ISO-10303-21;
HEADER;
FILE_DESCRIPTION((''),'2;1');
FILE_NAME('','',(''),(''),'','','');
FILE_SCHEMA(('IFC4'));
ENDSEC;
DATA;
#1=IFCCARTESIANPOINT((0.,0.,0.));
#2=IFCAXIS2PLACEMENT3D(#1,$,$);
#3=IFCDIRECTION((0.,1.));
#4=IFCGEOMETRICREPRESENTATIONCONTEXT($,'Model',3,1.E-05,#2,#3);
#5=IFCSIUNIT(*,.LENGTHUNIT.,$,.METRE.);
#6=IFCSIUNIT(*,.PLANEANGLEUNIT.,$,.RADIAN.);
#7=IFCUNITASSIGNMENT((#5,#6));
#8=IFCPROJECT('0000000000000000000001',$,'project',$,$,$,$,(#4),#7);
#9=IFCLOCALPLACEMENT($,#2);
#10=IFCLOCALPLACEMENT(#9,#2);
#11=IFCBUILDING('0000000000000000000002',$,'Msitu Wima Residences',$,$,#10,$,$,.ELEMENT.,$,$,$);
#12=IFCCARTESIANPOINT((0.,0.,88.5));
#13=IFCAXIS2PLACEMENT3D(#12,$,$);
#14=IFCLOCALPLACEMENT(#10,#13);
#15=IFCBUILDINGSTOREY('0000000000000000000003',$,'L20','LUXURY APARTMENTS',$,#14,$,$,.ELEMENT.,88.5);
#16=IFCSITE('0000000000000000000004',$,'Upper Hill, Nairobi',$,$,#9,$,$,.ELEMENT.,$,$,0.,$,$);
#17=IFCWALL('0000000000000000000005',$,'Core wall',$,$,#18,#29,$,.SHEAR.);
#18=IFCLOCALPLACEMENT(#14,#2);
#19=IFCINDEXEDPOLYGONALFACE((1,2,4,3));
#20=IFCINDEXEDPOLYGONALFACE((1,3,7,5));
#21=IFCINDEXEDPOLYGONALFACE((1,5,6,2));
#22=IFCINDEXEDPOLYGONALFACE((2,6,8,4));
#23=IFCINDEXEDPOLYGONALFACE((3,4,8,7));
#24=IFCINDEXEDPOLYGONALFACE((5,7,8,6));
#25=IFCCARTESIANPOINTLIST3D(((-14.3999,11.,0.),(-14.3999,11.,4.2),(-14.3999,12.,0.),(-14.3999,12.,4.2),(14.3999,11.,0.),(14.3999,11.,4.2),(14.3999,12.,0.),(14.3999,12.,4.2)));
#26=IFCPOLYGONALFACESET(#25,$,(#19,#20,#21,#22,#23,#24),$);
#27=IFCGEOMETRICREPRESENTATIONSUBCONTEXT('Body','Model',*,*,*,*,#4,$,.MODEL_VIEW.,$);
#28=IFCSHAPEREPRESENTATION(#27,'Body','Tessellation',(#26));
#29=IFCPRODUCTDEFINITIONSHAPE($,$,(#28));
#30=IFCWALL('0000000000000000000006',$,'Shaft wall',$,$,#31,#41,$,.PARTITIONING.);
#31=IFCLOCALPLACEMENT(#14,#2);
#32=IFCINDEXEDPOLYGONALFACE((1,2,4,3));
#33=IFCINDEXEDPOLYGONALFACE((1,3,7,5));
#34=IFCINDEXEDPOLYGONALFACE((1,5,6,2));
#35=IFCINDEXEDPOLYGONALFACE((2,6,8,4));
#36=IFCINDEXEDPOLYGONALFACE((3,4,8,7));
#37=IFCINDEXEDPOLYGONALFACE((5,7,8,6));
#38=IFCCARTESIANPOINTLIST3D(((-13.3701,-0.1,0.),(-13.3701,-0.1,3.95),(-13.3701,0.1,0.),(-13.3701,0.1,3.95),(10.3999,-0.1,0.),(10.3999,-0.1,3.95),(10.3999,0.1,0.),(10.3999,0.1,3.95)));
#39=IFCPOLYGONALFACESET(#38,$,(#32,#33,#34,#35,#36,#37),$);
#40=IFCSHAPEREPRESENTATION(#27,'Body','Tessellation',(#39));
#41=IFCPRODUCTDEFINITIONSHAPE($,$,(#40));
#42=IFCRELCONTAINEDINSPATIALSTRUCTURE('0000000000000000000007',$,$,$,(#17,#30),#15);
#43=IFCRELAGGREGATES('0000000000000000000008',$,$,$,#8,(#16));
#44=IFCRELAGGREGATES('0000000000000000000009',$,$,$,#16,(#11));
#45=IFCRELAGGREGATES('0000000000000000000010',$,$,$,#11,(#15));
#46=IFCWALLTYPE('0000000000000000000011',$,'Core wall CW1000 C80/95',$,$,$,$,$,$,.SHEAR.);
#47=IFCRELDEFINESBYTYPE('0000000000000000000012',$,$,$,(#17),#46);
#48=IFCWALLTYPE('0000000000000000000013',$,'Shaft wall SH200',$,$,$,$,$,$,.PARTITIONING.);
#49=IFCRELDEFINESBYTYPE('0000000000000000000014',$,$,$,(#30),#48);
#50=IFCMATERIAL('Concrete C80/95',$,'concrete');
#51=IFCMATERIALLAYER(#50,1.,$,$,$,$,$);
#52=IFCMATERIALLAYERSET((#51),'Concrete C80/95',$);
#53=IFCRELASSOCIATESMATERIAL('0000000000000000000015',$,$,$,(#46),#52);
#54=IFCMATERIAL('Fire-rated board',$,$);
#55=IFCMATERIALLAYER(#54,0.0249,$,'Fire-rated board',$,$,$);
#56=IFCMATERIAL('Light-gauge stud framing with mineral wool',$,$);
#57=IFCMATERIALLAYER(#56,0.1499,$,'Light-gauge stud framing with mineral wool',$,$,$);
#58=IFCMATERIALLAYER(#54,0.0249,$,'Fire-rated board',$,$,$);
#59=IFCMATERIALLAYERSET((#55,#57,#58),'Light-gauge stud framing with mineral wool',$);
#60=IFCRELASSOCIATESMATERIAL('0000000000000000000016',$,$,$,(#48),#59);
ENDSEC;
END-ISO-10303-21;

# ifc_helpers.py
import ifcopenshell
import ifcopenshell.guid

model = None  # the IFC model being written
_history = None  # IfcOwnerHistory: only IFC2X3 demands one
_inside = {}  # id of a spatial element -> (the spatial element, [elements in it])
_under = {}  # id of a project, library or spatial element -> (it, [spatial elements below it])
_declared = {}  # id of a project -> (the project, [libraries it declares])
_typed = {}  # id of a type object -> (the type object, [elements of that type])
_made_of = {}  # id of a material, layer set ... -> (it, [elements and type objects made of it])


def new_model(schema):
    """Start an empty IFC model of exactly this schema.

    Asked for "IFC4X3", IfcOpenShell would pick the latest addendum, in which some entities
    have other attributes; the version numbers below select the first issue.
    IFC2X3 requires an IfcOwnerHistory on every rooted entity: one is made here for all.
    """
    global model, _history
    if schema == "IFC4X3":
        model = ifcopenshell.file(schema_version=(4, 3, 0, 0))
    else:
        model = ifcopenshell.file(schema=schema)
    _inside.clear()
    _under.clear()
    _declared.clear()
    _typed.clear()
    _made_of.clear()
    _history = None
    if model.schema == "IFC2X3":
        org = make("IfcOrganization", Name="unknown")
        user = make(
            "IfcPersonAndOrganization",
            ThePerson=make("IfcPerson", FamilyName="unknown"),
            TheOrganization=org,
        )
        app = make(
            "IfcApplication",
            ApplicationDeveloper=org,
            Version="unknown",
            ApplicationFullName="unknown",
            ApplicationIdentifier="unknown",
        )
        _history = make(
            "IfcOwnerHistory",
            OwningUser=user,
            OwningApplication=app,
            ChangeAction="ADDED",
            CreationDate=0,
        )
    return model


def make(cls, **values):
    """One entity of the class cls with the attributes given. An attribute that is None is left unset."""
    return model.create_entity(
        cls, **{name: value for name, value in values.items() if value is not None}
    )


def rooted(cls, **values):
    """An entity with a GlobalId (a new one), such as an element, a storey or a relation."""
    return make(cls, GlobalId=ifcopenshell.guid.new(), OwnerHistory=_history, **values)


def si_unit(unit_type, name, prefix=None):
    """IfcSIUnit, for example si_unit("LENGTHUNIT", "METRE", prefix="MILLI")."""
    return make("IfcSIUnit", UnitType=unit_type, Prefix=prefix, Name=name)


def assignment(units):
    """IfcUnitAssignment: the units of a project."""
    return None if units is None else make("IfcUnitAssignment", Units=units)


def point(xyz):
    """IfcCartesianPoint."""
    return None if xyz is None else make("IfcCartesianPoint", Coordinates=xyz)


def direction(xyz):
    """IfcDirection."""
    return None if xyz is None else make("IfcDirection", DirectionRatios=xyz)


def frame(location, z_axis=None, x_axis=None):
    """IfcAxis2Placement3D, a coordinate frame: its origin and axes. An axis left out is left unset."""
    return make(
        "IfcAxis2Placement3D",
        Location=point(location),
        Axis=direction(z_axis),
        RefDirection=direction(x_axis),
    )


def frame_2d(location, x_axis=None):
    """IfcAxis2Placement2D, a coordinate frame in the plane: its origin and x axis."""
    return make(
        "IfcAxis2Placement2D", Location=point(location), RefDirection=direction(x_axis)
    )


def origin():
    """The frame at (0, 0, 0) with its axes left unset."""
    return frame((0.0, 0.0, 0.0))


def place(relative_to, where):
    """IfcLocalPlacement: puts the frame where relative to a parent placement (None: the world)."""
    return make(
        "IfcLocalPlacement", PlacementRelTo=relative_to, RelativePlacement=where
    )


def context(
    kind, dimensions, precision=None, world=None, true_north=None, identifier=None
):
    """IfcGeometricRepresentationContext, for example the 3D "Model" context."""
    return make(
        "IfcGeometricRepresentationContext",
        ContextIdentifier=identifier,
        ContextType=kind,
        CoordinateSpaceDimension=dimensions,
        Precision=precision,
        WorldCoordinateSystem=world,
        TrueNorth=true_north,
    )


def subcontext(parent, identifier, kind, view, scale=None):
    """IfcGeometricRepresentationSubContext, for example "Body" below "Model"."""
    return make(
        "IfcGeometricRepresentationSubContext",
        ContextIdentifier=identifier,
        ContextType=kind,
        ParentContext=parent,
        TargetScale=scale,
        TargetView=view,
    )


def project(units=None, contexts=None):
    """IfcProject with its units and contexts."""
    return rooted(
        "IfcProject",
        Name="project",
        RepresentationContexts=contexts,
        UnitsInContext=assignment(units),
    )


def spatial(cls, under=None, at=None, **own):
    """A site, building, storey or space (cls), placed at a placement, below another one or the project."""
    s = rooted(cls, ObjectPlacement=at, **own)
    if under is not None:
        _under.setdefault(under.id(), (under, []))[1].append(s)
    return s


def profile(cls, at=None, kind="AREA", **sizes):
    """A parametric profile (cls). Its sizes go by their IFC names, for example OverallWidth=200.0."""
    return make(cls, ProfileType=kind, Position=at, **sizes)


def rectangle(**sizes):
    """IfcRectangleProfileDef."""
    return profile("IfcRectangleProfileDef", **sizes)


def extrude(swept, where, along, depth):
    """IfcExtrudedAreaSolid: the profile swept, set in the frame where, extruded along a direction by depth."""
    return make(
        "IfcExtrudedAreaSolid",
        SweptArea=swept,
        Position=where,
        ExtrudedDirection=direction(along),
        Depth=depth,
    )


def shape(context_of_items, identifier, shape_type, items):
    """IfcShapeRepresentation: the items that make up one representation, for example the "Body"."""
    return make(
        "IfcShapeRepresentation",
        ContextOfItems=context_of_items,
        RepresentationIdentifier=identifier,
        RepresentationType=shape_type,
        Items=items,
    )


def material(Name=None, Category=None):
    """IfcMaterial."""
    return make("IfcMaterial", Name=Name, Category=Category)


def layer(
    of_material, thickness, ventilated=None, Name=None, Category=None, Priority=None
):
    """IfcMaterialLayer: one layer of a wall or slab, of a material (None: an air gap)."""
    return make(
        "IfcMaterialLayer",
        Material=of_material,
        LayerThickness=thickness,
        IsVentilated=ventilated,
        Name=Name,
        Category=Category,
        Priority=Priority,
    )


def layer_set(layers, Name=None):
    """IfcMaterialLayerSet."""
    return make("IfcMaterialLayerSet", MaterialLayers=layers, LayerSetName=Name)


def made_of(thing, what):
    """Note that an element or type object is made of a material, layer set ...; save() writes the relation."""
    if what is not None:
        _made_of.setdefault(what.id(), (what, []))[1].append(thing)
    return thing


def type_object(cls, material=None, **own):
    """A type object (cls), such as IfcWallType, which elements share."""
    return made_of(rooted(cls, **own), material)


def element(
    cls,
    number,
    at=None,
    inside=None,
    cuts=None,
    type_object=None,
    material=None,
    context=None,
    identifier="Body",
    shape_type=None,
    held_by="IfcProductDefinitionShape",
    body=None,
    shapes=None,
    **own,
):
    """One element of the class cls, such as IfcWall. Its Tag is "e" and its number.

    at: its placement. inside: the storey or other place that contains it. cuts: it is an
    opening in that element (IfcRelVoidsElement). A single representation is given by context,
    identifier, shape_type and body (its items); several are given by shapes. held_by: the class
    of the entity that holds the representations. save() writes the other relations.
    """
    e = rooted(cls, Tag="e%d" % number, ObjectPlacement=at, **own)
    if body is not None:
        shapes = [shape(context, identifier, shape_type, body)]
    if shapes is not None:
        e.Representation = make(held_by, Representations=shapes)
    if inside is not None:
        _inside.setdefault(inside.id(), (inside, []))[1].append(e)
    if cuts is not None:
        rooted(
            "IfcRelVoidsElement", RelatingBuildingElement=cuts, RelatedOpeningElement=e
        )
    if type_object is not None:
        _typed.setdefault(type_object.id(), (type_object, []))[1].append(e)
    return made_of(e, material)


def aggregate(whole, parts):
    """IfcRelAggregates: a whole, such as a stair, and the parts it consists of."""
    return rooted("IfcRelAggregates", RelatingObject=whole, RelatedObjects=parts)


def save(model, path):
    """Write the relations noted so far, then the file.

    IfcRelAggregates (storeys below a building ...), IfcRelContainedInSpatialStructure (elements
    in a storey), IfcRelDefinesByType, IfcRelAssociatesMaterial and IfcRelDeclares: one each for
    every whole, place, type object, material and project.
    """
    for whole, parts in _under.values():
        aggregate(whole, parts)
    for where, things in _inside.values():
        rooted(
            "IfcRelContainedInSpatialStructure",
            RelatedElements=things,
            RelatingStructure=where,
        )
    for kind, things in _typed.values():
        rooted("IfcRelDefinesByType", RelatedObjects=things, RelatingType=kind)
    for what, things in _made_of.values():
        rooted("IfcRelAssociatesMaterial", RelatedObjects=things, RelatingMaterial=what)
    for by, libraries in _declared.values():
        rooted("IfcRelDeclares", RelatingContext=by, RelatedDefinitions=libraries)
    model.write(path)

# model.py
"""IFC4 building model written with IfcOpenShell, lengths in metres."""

from ifc_helpers import new_model, si_unit, direction, frame, frame_2d, origin, place, context, subcontext, project, spatial, rectangle, extrude, material, layer, layer_set, type_object, element, save


model = new_model("IFC4")

# Units and contexts
model_context = context("Model", 3, precision=1e-05, world=origin(), true_north=direction((0.0, 1.0)))
body_context = subcontext(model_context, "Body", "Model", "MODEL_VIEW")
ifc_project = project(units=[si_unit("LENGTHUNIT", "METRE"), si_unit("PLANEANGLEUNIT", "RADIAN")], contexts=[model_context])

# Site, building, storey
site_placement = place(None, origin())
site = spatial("IfcSite", under=ifc_project, at=site_placement, Name="Upper Hill, Nairobi", CompositionType="ELEMENT", RefElevation=0.0)
building_placement = place(site_placement, origin())
building = spatial("IfcBuilding", under=site, at=building_placement, Name="Msitu Wima Residences", CompositionType="ELEMENT")
storey_placement = place(building_placement, frame((0.0, 0.0, 88.5)))
storey = spatial("IfcBuildingStorey", under=building, at=storey_placement, Name="L20", Description="LUXURY APARTMENTS", CompositionType="ELEMENT", Elevation=88.5)

# Walls
ifc_material_1 = material(Name="Concrete C80/95", Category="concrete")
ifc_layer_1 = layer(ifc_material_1, 1.0)
ifc_layer_set_1 = layer_set([ifc_layer_1], Name="Concrete C80/95")
wall_type_1 = type_object("IfcWallType", Name="Core wall CW1000 C80/95", PredefinedType="SHEAR", material=ifc_layer_set_1)
wall_1_placement = place(storey_placement, frame((-14.3999, 11.5, 0.0), z_axis=(0.0, 0.0, 1.0), x_axis=(1.0, 0.0, 0.0)))
element("IfcWall", 1, at=wall_1_placement, inside=storey, type_object=wall_type_1, Name="Core wall", PredefinedType="SHEAR", context=body_context, shape_type="SweptSolid", body=[
    extrude(rectangle(XDim=28.7998, YDim=1.0, at=frame_2d((14.3999, 0.0))), origin(), (0.0, 0.0, 1.0), 4.2),
])
ifc_material_2 = material(Name="Fire-rated board")
ifc_layer_2 = layer(ifc_material_2, 0.0249, Name="Fire-rated board")
ifc_material_3 = material(Name="Light-gauge stud framing with mineral wool")
ifc_layer_3 = layer(ifc_material_3, 0.1499, Name="Light-gauge stud framing with mineral wool")
ifc_layer_4 = layer(ifc_material_2, 0.0249, Name="Fire-rated board")
ifc_layer_set_2 = layer_set([ifc_layer_2, ifc_layer_3, ifc_layer_4], Name="Light-gauge stud framing with mineral wool")
wall_type_2 = type_object("IfcWallType", Name="Shaft wall SH200", PredefinedType="PARTITIONING", material=ifc_layer_set_2)
wall_2_placement = place(storey_placement, frame((-13.3701, 0.0, 0.0), z_axis=(0.0, 0.0, 1.0), x_axis=(1.0, 0.0, 0.0)))
element("IfcWall", 2, at=wall_2_placement, inside=storey, type_object=wall_type_2, Name="Shaft wall", PredefinedType="PARTITIONING", context=body_context, shape_type="SweptSolid", body=[
    extrude(rectangle(XDim=23.77, YDim=0.2, at=frame_2d((11.885, 0.0))), origin(), (0.0, 0.0, 1.0), 3.95),
])

save(model, "model.ifc")
